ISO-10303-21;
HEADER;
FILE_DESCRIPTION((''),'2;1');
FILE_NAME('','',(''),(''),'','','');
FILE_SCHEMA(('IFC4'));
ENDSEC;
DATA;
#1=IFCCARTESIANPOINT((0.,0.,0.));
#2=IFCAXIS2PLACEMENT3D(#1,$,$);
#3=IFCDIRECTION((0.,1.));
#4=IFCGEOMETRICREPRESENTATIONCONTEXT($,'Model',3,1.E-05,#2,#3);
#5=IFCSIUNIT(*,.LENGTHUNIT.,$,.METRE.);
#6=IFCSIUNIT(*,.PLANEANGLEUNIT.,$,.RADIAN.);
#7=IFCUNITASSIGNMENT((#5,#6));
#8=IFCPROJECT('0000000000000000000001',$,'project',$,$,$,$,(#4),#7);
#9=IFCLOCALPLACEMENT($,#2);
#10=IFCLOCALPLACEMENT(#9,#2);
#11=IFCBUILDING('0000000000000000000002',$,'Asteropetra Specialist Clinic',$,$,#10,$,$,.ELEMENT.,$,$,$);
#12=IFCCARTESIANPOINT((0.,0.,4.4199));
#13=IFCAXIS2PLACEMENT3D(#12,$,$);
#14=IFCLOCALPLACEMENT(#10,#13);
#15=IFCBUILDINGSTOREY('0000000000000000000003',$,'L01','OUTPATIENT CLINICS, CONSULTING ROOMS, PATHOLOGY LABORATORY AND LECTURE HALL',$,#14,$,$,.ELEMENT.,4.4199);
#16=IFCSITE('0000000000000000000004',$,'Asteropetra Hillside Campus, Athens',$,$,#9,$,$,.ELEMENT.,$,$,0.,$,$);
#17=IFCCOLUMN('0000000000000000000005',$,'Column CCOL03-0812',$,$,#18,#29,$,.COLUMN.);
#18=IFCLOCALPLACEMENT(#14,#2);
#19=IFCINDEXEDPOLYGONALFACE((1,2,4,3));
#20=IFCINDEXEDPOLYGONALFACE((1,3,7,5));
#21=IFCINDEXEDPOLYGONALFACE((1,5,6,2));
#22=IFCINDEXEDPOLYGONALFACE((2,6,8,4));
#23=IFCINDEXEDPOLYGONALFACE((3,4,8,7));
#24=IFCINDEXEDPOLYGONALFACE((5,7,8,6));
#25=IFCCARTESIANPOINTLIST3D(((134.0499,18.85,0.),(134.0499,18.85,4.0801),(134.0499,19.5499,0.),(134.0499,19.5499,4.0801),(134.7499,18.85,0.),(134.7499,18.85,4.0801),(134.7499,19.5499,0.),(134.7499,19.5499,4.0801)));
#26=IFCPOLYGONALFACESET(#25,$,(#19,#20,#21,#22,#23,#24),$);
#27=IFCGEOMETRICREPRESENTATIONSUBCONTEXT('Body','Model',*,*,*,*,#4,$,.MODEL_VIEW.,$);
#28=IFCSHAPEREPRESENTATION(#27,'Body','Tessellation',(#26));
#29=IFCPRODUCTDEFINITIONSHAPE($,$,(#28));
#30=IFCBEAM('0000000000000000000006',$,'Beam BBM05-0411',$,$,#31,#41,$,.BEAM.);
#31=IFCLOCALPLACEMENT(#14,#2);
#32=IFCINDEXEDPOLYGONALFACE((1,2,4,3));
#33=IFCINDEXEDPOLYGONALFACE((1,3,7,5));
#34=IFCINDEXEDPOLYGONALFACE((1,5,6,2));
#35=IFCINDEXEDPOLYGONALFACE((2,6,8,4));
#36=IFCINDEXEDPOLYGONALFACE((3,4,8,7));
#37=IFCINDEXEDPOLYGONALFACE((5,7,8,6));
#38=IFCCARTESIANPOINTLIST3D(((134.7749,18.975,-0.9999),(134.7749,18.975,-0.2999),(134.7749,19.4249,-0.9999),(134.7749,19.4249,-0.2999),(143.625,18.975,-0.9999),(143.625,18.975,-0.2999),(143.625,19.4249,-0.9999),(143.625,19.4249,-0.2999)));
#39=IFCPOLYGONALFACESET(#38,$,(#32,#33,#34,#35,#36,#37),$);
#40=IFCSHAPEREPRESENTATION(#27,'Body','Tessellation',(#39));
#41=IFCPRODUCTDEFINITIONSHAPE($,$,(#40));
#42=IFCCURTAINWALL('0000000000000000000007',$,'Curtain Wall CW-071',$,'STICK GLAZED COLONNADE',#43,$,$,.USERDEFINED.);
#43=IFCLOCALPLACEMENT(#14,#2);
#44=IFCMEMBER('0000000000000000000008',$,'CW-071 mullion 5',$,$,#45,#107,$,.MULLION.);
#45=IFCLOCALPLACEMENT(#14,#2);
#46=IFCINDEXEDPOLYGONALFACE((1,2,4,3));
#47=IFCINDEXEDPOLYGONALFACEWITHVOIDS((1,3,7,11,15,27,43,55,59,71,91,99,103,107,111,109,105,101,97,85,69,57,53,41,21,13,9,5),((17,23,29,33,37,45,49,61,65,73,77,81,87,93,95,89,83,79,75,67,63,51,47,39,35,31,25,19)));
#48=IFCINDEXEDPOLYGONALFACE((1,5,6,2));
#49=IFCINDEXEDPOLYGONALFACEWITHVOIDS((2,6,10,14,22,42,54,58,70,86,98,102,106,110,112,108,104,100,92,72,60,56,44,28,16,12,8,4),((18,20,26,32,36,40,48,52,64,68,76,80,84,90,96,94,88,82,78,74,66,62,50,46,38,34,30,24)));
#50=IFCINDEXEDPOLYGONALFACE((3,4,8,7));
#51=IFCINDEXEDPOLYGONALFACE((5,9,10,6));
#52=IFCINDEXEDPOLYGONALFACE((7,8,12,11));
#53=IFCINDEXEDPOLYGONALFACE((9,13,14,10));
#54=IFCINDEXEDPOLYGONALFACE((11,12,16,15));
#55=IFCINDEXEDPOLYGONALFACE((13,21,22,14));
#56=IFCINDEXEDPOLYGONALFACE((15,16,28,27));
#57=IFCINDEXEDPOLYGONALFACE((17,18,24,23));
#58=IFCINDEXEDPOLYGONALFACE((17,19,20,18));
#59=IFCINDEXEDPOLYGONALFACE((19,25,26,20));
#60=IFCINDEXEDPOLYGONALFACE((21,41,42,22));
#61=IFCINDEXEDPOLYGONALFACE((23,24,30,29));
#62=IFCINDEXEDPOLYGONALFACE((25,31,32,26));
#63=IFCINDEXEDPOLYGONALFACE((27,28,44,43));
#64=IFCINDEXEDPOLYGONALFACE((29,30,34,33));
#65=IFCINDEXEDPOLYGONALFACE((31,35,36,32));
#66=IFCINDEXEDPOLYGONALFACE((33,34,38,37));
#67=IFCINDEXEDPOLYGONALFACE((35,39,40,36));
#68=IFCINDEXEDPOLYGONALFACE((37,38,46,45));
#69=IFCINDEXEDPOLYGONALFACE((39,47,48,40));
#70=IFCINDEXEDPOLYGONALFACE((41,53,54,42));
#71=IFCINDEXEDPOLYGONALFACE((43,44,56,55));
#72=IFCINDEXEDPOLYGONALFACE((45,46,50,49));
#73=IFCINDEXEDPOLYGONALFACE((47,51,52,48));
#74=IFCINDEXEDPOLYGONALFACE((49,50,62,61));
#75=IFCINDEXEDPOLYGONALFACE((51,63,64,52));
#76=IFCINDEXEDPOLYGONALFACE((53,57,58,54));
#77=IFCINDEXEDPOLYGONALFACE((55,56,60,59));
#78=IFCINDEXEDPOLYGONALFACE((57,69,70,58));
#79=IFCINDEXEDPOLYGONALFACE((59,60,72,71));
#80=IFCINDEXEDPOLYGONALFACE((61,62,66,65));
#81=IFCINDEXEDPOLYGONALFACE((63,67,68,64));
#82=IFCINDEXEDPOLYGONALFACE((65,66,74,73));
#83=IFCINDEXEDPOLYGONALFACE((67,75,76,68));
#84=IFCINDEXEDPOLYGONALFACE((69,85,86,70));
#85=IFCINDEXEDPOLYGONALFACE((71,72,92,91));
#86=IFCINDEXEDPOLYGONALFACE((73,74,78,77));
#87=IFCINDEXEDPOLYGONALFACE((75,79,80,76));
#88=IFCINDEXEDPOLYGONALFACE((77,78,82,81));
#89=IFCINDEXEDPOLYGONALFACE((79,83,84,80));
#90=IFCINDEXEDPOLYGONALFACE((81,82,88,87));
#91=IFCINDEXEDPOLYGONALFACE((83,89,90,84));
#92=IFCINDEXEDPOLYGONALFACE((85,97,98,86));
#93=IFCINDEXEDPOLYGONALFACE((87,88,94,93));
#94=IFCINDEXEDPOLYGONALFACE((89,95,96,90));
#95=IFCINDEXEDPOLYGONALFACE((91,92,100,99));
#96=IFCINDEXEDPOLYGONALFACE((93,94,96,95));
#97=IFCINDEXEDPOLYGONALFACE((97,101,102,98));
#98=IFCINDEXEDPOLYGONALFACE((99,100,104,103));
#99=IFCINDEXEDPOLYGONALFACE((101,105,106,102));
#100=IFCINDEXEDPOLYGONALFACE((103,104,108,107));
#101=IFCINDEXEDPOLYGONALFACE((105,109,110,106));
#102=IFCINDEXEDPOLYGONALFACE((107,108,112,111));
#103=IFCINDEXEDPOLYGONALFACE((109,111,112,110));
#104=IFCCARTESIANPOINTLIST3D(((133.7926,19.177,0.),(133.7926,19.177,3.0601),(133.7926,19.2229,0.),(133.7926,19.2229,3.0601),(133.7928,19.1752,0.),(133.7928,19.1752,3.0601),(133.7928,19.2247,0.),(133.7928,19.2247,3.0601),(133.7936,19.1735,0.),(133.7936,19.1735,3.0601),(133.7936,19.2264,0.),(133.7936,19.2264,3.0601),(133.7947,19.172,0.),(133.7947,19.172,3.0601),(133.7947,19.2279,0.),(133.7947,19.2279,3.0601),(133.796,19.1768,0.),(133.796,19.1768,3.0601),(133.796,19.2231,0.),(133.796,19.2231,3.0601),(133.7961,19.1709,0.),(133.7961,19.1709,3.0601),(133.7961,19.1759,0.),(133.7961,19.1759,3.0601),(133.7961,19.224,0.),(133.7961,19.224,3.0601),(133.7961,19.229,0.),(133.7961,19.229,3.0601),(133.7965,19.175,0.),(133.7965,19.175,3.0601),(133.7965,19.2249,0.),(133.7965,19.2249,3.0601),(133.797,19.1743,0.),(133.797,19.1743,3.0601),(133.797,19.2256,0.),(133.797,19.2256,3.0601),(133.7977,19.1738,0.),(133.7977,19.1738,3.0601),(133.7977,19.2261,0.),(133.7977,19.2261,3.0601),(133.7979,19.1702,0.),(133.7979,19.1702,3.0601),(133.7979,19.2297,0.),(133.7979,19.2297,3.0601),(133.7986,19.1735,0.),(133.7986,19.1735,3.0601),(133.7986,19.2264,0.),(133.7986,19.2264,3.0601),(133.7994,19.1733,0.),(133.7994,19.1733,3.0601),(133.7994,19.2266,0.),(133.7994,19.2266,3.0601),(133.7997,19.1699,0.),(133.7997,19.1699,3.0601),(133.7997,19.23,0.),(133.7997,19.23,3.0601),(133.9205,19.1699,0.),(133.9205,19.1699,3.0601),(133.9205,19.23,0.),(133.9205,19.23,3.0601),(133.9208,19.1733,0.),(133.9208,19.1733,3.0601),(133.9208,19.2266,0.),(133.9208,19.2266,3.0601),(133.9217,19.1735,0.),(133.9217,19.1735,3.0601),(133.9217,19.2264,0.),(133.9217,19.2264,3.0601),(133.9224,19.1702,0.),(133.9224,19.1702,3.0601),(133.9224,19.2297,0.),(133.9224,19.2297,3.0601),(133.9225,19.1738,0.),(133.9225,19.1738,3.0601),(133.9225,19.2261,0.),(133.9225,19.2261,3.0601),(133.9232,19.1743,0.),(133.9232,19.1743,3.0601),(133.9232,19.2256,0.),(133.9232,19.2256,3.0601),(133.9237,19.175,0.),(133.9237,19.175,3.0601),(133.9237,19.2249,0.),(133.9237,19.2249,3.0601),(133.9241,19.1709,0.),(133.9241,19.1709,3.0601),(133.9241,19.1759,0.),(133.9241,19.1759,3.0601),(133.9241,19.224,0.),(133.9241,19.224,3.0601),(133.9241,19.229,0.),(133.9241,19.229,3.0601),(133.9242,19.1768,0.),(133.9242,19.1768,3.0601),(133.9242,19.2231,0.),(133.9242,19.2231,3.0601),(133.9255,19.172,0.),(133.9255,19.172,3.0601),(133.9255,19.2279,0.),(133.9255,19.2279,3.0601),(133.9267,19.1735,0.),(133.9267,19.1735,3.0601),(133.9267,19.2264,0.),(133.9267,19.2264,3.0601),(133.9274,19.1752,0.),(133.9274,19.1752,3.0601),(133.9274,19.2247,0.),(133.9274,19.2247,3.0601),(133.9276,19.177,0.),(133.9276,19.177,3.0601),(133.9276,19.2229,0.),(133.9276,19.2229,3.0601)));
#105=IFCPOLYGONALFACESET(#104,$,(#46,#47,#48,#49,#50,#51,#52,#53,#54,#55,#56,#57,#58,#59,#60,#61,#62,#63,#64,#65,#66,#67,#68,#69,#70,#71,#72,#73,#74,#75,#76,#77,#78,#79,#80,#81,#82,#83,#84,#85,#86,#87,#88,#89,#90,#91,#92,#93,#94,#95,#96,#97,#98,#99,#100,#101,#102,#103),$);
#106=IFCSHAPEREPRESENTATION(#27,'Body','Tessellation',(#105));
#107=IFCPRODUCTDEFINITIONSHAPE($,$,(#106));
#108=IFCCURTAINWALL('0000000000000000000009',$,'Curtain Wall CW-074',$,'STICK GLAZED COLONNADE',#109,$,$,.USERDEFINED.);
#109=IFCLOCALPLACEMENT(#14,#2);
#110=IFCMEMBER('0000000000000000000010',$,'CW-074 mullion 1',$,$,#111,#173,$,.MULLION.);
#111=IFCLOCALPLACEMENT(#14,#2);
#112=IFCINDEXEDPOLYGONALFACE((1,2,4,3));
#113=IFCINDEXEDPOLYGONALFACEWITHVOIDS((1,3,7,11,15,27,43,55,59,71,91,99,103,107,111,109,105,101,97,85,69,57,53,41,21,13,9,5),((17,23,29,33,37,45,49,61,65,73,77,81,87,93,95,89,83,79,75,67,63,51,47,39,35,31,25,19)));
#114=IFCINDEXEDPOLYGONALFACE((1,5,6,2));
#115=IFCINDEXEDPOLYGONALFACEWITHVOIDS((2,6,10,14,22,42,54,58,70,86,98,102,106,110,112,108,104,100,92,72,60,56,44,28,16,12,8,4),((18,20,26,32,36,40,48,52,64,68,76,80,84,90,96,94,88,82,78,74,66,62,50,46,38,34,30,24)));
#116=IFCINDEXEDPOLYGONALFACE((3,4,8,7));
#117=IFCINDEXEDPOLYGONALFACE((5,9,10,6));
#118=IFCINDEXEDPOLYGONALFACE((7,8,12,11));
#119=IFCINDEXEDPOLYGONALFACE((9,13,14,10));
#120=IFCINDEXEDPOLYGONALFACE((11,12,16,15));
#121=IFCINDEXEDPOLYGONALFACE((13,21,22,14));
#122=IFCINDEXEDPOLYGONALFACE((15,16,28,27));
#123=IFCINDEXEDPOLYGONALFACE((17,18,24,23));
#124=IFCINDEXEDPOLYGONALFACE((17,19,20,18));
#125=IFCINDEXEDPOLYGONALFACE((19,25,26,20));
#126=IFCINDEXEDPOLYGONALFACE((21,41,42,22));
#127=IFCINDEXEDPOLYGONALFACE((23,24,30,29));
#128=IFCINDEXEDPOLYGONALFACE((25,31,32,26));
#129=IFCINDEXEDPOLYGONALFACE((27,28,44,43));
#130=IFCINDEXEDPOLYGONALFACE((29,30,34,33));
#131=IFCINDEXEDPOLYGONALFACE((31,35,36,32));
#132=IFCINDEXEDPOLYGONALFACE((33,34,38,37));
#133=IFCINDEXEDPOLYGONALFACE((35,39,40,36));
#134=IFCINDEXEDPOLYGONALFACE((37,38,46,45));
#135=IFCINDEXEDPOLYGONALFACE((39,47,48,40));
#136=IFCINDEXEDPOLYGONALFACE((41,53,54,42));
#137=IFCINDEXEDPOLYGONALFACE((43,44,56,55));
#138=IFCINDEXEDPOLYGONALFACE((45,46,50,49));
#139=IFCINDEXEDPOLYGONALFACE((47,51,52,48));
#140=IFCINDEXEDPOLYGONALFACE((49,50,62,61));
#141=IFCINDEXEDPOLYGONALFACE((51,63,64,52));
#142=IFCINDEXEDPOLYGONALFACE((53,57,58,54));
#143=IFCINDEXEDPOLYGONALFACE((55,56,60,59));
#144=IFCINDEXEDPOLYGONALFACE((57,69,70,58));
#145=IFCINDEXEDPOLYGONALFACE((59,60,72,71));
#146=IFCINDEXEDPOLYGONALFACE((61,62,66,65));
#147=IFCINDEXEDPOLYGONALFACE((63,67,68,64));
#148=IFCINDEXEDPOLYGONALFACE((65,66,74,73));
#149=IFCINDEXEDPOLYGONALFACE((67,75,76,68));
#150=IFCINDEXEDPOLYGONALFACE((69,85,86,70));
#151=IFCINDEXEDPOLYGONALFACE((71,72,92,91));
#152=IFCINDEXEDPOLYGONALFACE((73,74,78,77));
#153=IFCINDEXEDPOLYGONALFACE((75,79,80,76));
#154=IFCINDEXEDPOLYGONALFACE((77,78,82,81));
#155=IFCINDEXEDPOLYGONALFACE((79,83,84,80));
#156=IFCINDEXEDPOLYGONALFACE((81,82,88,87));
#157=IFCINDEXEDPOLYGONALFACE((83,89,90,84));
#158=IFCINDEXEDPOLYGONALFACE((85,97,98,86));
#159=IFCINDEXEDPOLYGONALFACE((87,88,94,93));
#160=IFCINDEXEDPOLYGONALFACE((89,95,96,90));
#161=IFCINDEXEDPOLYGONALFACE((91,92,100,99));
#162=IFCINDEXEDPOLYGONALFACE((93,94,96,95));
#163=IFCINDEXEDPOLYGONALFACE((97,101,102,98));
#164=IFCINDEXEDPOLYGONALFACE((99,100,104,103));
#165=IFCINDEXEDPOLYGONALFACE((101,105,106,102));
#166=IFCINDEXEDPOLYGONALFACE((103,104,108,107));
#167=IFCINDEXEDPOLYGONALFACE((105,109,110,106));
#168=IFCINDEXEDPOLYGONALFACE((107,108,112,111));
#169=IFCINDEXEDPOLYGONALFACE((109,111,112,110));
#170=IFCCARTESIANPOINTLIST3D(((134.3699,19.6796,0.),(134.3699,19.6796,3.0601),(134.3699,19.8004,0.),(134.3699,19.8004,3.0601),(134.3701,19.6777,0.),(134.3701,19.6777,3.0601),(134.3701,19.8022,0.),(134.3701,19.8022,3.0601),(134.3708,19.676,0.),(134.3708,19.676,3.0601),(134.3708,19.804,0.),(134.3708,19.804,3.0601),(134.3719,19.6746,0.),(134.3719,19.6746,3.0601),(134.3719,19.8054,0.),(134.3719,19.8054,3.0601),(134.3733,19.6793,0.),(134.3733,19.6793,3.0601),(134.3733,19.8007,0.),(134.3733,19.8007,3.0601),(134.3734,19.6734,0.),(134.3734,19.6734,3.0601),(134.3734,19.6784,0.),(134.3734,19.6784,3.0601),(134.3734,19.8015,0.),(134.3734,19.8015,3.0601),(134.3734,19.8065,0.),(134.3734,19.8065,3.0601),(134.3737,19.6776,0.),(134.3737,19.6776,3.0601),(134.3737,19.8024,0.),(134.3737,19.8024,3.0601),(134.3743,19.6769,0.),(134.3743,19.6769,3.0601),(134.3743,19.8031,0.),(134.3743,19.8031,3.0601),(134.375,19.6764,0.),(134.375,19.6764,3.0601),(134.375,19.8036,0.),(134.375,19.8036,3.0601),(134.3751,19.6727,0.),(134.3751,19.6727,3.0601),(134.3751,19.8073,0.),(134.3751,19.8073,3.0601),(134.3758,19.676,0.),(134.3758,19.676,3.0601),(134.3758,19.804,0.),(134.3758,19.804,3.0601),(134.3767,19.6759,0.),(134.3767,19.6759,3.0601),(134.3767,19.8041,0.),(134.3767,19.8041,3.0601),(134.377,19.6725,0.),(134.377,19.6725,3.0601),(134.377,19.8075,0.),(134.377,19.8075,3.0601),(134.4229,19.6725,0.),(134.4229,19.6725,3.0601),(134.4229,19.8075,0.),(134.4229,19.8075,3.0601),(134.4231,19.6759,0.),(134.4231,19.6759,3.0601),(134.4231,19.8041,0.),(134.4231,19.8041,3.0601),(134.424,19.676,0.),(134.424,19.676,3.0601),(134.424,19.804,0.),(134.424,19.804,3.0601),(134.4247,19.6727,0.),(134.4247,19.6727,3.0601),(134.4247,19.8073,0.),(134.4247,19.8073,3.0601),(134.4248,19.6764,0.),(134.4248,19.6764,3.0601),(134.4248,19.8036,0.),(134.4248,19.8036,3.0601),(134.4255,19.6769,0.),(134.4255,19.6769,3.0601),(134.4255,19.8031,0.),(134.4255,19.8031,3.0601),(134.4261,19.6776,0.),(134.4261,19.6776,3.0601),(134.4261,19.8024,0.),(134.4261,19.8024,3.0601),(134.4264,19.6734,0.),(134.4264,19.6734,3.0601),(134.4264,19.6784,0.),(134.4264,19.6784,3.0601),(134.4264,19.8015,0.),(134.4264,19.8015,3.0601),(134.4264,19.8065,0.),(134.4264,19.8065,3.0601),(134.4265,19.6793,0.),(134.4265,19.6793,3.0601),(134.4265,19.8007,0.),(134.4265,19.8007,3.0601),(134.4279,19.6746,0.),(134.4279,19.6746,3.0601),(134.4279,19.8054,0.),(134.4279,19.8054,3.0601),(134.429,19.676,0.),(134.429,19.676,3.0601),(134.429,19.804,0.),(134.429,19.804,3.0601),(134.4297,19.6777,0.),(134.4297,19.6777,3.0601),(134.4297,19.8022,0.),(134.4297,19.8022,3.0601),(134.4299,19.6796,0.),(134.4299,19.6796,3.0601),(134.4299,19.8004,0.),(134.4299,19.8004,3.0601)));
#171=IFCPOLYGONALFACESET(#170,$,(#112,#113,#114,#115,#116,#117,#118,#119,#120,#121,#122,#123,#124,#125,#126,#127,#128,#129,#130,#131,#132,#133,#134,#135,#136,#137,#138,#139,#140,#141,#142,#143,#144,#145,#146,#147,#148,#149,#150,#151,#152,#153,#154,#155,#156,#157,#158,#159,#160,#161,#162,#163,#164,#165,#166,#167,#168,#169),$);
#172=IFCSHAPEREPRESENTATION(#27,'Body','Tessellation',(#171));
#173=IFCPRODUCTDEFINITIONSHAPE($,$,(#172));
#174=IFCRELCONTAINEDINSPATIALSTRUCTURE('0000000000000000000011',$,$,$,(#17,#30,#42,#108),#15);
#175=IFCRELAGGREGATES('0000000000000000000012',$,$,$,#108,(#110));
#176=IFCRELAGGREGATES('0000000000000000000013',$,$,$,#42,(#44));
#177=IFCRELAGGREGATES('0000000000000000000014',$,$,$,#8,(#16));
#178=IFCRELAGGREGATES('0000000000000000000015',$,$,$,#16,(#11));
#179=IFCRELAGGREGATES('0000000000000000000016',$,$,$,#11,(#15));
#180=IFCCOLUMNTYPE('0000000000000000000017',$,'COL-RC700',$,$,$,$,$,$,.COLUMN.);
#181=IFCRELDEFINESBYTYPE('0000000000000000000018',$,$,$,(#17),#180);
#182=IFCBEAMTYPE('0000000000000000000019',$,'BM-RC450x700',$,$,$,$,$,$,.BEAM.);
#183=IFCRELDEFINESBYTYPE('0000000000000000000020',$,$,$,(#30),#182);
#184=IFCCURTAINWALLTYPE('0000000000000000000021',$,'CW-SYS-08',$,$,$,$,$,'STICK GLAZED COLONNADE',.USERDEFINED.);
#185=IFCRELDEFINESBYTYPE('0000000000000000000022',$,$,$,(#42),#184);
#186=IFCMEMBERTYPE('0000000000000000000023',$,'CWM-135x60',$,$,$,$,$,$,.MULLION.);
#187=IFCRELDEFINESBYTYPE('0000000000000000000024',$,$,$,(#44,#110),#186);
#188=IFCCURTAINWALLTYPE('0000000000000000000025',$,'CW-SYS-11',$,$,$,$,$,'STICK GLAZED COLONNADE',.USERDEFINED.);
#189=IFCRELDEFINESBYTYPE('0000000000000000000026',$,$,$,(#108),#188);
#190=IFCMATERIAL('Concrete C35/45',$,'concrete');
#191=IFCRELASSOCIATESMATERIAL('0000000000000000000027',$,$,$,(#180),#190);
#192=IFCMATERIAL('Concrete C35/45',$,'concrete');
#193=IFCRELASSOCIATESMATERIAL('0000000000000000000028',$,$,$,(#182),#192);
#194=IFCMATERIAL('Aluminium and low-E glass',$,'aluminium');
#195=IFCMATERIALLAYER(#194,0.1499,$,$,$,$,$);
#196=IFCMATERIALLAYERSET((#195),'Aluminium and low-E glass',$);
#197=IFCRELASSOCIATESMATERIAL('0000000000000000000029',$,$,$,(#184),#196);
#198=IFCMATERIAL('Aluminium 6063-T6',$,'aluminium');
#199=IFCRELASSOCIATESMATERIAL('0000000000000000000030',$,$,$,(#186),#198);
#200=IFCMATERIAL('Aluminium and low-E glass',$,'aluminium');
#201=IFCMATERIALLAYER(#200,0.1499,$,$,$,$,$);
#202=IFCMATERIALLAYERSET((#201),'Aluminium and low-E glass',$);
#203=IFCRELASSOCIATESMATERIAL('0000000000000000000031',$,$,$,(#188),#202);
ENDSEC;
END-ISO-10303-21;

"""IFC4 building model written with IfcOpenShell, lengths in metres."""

from ifc_helpers import new_model, si_unit, direction, frame, origin, origin_2d, place, context, subcontext, project, spatial, rectangle, hollow_rectangle, extrude, material, layer, layer_set, material_profile, profile_set, type_object, element, aggregate, save


model = new_model("IFC4")

# Units and contexts
model_context = context("Model", 3, precision=1e-05, world=origin(), true_north=direction((0.0, 1.0)))
body_context = subcontext(model_context, "Body", "Model", "MODEL_VIEW")
ifc_project = project(units=[si_unit("LENGTHUNIT", "METRE"), si_unit("PLANEANGLEUNIT", "RADIAN")], contexts=[model_context])

# Site, building, storey
site_placement = place(None, origin())
site = spatial("IfcSite", under=ifc_project, at=site_placement, Name="Asteropetra Hillside Campus, Athens", CompositionType="ELEMENT", RefElevation=0.0)
building_placement = place(site_placement, origin())
building = spatial("IfcBuilding", under=site, at=building_placement, Name="Asteropetra Specialist Clinic", CompositionType="ELEMENT")
storey_placement = place(building_placement, frame((0.0, 0.0, 4.4199)))
storey = spatial("IfcBuildingStorey", under=building, at=storey_placement, Name="L01", Description="OUTPATIENT CLINICS, CONSULTING ROOMS, PATHOLOGY LABORATORY AND LECTURE HALL", CompositionType="ELEMENT", Elevation=4.4199)

# Column
ifc_material_1 = material(Name="Concrete C35/45", Category="concrete")
ifc_material_profile_1 = material_profile(ifc_material_1, rectangle(XDim=0.7, YDim=0.7, at=origin_2d()), Name="RC 700x700")
ifc_profile_set_1 = profile_set([ifc_material_profile_1], Name="Concrete C35/45")
column_type = type_object("IfcColumnType", Name="COL-RC700", PredefinedType="COLUMN", material=ifc_profile_set_1)
column_placement = place(storey_placement, frame((134.3999, 19.2, 0.0), z_axis=(0.0, 0.0, 1.0), x_axis=(1.0, 0.0, 0.0)))
element("IfcColumn", 1, at=column_placement, inside=storey, type_object=column_type, Name="Column CCOL03-0812", PredefinedType="COLUMN", context=body_context, shape_type="SweptSolid", body=[
    extrude(rectangle(XDim=0.7, YDim=0.7, at=origin_2d()), origin(), (0.0, 0.0, 1.0), 4.0801),
])

# Beam
ifc_material_2 = material(Name="Concrete C35/45", Category="concrete")
ifc_material_profile_2 = material_profile(ifc_material_2, rectangle(XDim=0.45, YDim=0.7, at=origin_2d()), Name="RCB 450x700")
ifc_profile_set_2 = profile_set([ifc_material_profile_2], Name="Concrete C35/45")
beam_type = type_object("IfcBeamType", Name="BM-RC450x700", PredefinedType="BEAM", material=ifc_profile_set_2)
beam_placement = place(storey_placement, frame((134.7749, 19.2, -0.6499), z_axis=(1.0, 0.0, 0.0), x_axis=(0.0, 1.0, 0.0)))
element("IfcBeam", 2, at=beam_placement, inside=storey, type_object=beam_type, Name="Beam BBM05-0411", PredefinedType="BEAM", context=body_context, shape_type="SweptSolid", body=[
    extrude(rectangle(XDim=0.45, YDim=0.7, at=origin_2d()), origin(), (0.0, 0.0, 1.0), 8.8501),
])

# Curtain wall, member
ifc_material_3 = material(Name="Aluminium and low-E glass", Category="aluminium")
ifc_layer_1 = layer(ifc_material_3, 0.1499)
ifc_layer_set_1 = layer_set([ifc_layer_1], Name="Aluminium and low-E glass")
curtain_wall_type_1 = type_object("IfcCurtainWallType", Name="CW-SYS-08", ElementType="STICK GLAZED COLONNADE", PredefinedType="USERDEFINED", material=ifc_layer_set_1)
curtain_wall_1_placement = place(storey_placement, origin())
curtain_wall_1 = element("IfcCurtainWall", 3, at=curtain_wall_1_placement, inside=storey, type_object=curtain_wall_type_1, Name="Curtain Wall CW-071", ObjectType="STICK GLAZED COLONNADE", PredefinedType="USERDEFINED")
ifc_material_4 = material(Name="Aluminium 6063-T6", Category="aluminium")
ifc_material_profile_3 = material_profile(ifc_material_4, hollow_rectangle(XDim=0.0601, YDim=0.135, WallThickness=0.0034, InnerFilletRadius=0.0034, OuterFilletRadius=0.0071, at=origin_2d()), Name="MUL 135x60x3.5")
ifc_profile_set_3 = profile_set([ifc_material_profile_3], Name="Aluminium 6063-T6")
member_type_1 = type_object("IfcMemberType", Name="CWM-135x60", PredefinedType="MULLION", material=ifc_profile_set_3)
member_1_placement = place(storey_placement, frame((133.8601, 19.2, 0.0), z_axis=(0.0, 0.0, 1.0), x_axis=(0.0, 1.0, 0.0)))
member_1 = element("IfcMember", 4, at=member_1_placement, type_object=member_type_1, Name="CW-071 mullion 5", PredefinedType="MULLION", context=body_context, shape_type="SweptSolid", body=[
    extrude(hollow_rectangle(XDim=0.0601, YDim=0.135, WallThickness=0.0034, InnerFilletRadius=0.0034, OuterFilletRadius=0.0071, at=origin_2d()), origin(), (0.0, 0.0, 1.0), 3.0601),
])

# Curtain wall, member
ifc_material_5 = material(Name="Aluminium and low-E glass", Category="aluminium")
ifc_layer_2 = layer(ifc_material_5, 0.1499)
ifc_layer_set_2 = layer_set([ifc_layer_2], Name="Aluminium and low-E glass")
curtain_wall_type_2 = type_object("IfcCurtainWallType", Name="CW-SYS-11", ElementType="STICK GLAZED COLONNADE", PredefinedType="USERDEFINED", material=ifc_layer_set_2)
curtain_wall_2_placement = place(storey_placement, origin())
curtain_wall_2 = element("IfcCurtainWall", 5, at=curtain_wall_2_placement, inside=storey, type_object=curtain_wall_type_2, Name="Curtain Wall CW-074", ObjectType="STICK GLAZED COLONNADE", PredefinedType="USERDEFINED")
member_2_placement = place(storey_placement, frame((134.3999, 19.74, 0.0), z_axis=(0.0, 0.0, 1.0), x_axis=(-1.0, 0.0, 0.0)))
member_2 = element("IfcMember", 6, at=member_2_placement, type_object=member_type_1, Name="CW-074 mullion 1", PredefinedType="MULLION", context=body_context, shape_type="SweptSolid", body=[
    extrude(hollow_rectangle(XDim=0.0601, YDim=0.135, WallThickness=0.0034, InnerFilletRadius=0.0034, OuterFilletRadius=0.0071, at=origin_2d()), origin(), (0.0, 0.0, 1.0), 3.0601),
])

aggregate(curtain_wall_2, [member_2])
aggregate(curtain_wall_1, [member_1])

save(model, "model.ifc")
